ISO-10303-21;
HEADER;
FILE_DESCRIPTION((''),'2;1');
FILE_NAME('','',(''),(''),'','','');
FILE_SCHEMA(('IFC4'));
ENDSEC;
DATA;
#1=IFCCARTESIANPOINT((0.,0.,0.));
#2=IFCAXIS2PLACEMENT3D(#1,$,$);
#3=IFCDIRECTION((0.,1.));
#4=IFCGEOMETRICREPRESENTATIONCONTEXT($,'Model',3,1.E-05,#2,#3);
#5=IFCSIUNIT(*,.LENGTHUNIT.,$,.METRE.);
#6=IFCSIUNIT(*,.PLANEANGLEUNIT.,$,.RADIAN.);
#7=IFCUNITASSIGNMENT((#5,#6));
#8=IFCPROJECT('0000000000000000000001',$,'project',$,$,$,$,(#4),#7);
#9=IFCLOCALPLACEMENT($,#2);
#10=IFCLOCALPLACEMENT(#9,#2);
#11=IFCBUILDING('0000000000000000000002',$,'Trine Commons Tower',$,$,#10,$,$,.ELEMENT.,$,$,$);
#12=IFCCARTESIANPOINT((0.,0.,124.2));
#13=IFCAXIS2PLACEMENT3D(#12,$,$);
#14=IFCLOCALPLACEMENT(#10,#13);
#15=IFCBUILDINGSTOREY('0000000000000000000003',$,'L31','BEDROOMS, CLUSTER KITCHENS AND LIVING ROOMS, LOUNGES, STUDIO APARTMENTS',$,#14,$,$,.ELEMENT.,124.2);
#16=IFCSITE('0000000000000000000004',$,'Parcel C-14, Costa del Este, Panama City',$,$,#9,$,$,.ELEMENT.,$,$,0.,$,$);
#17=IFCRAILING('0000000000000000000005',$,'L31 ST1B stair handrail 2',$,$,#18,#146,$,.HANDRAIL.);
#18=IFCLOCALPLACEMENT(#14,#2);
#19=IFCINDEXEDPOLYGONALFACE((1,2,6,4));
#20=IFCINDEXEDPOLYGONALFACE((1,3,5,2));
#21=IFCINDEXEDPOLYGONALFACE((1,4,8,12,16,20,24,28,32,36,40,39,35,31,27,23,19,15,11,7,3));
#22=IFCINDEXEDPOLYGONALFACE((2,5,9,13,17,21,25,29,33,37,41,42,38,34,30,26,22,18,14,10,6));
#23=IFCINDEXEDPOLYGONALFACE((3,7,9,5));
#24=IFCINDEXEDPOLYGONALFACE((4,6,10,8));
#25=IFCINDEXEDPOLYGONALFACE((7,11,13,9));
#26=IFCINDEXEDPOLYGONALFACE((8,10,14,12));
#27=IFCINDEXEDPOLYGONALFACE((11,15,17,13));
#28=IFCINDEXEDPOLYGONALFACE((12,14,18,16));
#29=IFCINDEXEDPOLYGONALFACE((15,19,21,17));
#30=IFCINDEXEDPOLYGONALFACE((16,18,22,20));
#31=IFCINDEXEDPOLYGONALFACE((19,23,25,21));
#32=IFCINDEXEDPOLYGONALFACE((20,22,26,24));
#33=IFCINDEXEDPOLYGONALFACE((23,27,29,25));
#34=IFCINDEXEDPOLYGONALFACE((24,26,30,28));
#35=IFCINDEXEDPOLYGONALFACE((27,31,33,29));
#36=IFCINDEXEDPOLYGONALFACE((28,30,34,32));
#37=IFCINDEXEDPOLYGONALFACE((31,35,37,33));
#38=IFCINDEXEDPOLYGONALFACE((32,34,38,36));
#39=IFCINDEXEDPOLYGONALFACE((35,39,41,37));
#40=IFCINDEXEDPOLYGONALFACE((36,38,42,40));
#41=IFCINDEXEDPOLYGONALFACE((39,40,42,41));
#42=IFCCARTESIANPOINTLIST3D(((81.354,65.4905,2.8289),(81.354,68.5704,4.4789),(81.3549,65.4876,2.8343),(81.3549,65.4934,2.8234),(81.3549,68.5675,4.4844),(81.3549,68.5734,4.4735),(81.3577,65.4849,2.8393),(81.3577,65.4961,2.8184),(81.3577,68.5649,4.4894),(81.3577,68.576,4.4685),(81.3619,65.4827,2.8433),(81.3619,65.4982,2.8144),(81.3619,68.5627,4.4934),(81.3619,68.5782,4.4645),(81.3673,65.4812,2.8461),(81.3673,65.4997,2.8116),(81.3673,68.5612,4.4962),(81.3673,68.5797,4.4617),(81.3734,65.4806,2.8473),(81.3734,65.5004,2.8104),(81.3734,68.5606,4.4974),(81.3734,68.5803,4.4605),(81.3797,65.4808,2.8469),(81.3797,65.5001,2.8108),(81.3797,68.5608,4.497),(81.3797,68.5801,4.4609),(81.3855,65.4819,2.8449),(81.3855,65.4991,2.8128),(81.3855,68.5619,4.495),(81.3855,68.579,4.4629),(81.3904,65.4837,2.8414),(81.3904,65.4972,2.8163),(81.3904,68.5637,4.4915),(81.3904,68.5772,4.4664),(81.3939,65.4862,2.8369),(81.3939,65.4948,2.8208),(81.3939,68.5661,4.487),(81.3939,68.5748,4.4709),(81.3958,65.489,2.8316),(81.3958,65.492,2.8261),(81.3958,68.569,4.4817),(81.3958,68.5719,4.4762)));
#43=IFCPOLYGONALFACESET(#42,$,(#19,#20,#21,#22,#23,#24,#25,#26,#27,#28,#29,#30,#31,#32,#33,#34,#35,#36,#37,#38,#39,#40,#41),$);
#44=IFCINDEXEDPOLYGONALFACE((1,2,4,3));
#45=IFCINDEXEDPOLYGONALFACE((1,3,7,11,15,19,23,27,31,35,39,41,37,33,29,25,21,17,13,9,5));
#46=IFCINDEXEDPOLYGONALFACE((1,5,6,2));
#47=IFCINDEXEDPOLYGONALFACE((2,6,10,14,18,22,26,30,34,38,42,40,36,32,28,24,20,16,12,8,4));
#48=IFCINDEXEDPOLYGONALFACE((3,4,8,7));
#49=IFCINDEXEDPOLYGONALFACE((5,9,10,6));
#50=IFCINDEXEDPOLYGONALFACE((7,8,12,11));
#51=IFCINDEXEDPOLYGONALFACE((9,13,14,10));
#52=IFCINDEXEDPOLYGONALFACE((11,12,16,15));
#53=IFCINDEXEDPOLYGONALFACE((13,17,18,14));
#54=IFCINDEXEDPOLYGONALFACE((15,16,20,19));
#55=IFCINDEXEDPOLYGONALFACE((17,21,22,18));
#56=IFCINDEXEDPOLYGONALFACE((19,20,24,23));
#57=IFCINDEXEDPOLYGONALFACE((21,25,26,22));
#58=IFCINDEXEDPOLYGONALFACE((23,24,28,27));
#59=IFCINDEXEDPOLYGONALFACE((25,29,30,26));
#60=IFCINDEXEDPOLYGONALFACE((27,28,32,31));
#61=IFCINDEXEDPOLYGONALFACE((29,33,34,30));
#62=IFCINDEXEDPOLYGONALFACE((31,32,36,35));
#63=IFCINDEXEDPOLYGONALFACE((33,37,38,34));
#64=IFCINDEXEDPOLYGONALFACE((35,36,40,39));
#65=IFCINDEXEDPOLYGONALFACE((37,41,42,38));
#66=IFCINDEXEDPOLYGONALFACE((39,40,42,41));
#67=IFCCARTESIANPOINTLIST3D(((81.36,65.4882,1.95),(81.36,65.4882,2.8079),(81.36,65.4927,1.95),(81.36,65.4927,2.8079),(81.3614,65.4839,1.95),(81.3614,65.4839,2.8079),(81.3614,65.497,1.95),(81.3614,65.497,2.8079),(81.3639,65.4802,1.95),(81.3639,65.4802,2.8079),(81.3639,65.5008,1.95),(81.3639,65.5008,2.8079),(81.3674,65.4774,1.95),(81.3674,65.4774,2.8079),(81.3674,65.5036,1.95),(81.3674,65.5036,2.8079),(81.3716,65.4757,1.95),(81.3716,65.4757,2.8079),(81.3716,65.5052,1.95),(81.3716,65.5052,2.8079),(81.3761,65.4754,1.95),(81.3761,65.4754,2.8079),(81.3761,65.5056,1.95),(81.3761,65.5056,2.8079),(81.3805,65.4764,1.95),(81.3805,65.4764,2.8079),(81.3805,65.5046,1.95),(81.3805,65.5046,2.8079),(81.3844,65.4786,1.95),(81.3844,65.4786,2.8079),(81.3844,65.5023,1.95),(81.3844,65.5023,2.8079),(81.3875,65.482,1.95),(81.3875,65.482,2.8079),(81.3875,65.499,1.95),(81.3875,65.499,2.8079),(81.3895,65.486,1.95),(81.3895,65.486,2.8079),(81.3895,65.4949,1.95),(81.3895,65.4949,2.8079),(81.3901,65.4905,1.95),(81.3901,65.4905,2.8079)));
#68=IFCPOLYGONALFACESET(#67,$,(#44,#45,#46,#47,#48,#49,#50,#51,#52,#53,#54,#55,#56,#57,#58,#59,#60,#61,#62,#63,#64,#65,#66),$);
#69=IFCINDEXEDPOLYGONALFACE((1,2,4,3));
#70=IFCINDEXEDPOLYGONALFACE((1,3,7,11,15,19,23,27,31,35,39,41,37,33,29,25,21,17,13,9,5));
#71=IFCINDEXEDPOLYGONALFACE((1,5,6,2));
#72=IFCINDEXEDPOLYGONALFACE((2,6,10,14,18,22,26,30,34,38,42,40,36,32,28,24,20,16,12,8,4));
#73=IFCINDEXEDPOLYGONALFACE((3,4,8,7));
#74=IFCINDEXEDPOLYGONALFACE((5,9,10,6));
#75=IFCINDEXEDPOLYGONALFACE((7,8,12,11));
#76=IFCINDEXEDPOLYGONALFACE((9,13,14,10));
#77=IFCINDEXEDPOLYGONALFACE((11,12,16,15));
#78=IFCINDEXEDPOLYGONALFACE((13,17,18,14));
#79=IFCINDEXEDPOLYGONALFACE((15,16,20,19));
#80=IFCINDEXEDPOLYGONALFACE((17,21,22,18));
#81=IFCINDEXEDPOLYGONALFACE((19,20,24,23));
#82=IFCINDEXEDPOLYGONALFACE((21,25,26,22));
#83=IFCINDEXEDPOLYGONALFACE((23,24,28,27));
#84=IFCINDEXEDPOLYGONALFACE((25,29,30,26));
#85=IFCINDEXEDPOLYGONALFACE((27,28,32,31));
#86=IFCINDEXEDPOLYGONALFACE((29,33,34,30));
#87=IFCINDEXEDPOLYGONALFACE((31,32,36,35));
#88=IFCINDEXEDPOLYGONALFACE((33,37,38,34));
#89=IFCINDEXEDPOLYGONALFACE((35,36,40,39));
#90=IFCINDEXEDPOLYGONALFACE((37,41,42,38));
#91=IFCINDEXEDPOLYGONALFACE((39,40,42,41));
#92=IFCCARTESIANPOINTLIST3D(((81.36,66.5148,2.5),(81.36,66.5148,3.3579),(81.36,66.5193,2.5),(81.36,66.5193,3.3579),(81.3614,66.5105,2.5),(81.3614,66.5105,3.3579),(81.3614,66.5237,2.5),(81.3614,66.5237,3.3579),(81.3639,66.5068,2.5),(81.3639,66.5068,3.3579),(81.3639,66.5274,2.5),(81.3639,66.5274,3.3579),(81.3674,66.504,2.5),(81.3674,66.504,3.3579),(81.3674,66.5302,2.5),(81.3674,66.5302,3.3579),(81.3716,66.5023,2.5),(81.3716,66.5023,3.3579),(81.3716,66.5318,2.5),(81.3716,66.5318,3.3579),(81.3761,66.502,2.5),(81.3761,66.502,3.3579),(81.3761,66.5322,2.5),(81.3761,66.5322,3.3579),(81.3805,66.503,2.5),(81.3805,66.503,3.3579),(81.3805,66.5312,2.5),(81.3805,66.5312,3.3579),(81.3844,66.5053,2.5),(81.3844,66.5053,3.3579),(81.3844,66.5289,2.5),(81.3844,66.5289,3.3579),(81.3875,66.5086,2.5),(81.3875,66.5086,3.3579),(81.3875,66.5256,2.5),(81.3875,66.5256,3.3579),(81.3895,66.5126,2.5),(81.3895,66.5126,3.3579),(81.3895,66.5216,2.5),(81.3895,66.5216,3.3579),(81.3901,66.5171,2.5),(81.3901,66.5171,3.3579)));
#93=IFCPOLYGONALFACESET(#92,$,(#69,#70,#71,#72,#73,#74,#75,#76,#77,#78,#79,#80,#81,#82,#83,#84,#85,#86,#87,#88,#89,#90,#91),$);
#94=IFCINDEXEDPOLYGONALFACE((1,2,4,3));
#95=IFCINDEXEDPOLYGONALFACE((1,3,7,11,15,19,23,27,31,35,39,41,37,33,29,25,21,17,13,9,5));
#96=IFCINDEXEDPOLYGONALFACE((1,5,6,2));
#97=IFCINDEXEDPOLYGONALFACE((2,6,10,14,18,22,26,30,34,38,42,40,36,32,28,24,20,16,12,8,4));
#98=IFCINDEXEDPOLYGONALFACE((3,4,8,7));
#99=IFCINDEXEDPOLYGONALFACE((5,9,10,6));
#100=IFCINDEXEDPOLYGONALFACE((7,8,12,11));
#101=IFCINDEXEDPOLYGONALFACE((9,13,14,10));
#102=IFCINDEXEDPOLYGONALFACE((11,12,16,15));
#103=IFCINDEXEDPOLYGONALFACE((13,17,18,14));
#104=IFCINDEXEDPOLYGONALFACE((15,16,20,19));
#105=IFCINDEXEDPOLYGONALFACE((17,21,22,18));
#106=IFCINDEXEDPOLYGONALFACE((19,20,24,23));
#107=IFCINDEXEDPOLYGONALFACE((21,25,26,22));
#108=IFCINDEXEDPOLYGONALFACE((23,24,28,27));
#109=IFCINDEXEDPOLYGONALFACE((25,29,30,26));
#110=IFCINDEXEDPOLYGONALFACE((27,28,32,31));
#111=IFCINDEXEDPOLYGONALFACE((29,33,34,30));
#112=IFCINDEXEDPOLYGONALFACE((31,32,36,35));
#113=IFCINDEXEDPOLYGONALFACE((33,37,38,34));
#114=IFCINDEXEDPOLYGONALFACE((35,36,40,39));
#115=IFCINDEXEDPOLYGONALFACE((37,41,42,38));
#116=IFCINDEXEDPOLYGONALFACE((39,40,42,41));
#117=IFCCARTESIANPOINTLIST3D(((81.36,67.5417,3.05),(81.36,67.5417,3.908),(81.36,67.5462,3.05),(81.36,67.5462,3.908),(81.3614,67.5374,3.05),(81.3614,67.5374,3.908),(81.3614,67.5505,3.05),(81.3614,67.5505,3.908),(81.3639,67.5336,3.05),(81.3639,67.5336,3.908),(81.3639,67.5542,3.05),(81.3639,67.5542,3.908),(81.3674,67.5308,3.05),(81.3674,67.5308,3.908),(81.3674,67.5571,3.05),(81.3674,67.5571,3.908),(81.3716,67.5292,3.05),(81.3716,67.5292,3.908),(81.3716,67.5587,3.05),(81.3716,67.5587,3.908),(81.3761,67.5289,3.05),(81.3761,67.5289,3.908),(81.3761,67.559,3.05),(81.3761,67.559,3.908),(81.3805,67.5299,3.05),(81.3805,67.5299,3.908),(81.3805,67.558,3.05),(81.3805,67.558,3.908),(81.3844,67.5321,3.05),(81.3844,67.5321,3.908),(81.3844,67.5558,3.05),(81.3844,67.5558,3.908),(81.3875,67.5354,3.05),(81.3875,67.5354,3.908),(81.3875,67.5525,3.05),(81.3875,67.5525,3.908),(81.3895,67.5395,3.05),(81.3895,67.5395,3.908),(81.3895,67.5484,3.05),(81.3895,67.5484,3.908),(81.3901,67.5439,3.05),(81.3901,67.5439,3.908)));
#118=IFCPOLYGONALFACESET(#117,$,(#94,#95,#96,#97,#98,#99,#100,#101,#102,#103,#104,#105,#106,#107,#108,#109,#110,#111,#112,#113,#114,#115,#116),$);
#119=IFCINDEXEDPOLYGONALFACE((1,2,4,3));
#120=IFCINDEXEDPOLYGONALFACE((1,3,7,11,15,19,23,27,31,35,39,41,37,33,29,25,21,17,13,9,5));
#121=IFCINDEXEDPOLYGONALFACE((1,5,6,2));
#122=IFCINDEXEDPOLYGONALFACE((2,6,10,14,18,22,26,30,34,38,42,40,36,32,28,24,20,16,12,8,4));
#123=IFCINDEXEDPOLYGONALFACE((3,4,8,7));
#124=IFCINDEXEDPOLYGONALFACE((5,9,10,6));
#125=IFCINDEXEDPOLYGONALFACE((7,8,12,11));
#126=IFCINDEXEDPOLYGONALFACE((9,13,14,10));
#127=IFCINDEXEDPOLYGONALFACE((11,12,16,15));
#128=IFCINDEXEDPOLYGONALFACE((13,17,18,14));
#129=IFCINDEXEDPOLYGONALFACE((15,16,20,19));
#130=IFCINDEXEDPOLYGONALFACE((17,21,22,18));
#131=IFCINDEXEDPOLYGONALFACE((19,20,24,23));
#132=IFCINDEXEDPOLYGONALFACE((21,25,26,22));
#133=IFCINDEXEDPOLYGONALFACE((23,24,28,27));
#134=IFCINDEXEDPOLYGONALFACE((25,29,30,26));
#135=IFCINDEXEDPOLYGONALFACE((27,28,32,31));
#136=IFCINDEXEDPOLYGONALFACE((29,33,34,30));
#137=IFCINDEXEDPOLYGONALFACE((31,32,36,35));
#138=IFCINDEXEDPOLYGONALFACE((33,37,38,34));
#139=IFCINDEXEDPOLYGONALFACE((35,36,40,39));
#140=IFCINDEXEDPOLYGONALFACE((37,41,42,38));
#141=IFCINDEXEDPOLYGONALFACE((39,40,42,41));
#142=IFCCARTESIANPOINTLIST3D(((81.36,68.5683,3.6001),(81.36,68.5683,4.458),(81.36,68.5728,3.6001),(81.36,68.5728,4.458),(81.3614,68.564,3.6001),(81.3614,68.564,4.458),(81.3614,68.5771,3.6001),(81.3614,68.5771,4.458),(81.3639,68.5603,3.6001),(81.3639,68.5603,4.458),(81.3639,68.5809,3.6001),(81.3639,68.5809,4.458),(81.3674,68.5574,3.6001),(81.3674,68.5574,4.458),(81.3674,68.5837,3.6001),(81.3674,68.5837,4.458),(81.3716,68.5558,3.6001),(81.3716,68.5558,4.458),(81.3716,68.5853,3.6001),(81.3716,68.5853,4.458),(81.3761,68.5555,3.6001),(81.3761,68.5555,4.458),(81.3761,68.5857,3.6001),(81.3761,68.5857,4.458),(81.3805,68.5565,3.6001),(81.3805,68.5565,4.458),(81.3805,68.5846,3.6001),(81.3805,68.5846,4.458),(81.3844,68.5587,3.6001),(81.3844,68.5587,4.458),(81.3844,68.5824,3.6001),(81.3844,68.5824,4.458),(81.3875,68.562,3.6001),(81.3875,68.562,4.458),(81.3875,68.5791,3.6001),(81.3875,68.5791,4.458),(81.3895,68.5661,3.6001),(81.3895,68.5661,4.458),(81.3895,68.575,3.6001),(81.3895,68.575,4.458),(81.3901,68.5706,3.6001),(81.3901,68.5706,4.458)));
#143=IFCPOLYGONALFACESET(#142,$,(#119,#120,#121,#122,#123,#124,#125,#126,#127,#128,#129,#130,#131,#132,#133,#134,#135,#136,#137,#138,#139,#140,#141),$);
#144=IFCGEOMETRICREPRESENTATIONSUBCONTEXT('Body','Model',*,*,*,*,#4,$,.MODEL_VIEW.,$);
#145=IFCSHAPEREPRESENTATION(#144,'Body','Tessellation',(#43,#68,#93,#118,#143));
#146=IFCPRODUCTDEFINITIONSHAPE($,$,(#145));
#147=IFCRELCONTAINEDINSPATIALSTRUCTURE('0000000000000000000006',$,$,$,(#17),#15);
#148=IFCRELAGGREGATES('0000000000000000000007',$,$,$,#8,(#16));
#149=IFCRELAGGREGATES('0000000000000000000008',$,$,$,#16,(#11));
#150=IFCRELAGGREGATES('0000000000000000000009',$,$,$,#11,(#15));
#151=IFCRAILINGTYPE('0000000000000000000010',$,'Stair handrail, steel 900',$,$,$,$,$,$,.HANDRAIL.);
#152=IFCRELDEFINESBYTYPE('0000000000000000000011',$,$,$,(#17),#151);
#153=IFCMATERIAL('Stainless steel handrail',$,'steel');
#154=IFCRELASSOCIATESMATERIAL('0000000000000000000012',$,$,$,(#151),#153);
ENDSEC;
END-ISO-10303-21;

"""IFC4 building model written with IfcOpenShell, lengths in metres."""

from ifc_helpers import new_model, si_unit, direction, frame, origin, origin_2d, place, context, subcontext, project, spatial, circle, extrude, material, type_object, element, save


model = new_model("IFC4")

# Units and contexts
model_context = context("Model", 3, precision=1e-05, world=origin(), true_north=direction((0.0, 1.0)))
body_context = subcontext(model_context, "Body", "Model", "MODEL_VIEW")
ifc_project = project(units=[si_unit("LENGTHUNIT", "METRE"), si_unit("PLANEANGLEUNIT", "RADIAN")], contexts=[model_context])

# Site, building, storey
site_placement = place(None, origin())
site = spatial("IfcSite", under=ifc_project, at=site_placement, Name="Parcel C-14, Costa del Este, Panama City", CompositionType="ELEMENT", RefElevation=0.0)
building_placement = place(site_placement, origin())
building = spatial("IfcBuilding", under=site, at=building_placement, Name="Trine Commons Tower", CompositionType="ELEMENT")
storey_placement = place(building_placement, frame((0.0, 0.0, 124.2)))
storey = spatial("IfcBuildingStorey", under=building, at=storey_placement, Name="L31", Description="BEDROOMS, CLUSTER KITCHENS AND LIVING ROOMS, LOUNGES, STUDIO APARTMENTS", CompositionType="ELEMENT", Elevation=124.2)

# Railing
ifc_material_1 = material(Name="Stainless steel handrail", Category="steel")
railing_type_1 = type_object("IfcRailingType", Name="Stair handrail, steel 900", PredefinedType="HANDRAIL", material=ifc_material_1)
railing_1_placement = place(storey_placement, frame((81.375, 65.4905, 1.95)))
element("IfcRailing", 1, at=railing_1_placement, inside=storey, type_object=railing_type_1, Name="L31 ST1B stair handrail 2", PredefinedType="HANDRAIL", context=body_context, shape_type="SweptSolid", body=[
    extrude(circle(Radius=0.021, at=origin_2d()), frame((0.0, 0.0, 0.8789), z_axis=(0.0, 0.881468, 0.472245), x_axis=(-1.0, 0.0, 0.0)), (0.0, 0.0, 1.0), 3.4941),
    extrude(circle(Radius=0.0151, at=origin_2d()), origin(), (0.0, 0.0, 1.0), 0.8579),
    extrude(circle(Radius=0.0151, at=origin_2d()), frame((0.0, 1.0266, 0.55)), (0.0, 0.0, 1.0), 0.8579),
    extrude(circle(Radius=0.0151, at=origin_2d()), frame((0.0, 2.0535, 1.1001)), (0.0, 0.0, 1.0), 0.8579),
    extrude(circle(Radius=0.0151, at=origin_2d()), frame((0.0, 3.0801, 1.6501)), (0.0, 0.0, 1.0), 0.8579),
])

save(model, "model.ifc")
